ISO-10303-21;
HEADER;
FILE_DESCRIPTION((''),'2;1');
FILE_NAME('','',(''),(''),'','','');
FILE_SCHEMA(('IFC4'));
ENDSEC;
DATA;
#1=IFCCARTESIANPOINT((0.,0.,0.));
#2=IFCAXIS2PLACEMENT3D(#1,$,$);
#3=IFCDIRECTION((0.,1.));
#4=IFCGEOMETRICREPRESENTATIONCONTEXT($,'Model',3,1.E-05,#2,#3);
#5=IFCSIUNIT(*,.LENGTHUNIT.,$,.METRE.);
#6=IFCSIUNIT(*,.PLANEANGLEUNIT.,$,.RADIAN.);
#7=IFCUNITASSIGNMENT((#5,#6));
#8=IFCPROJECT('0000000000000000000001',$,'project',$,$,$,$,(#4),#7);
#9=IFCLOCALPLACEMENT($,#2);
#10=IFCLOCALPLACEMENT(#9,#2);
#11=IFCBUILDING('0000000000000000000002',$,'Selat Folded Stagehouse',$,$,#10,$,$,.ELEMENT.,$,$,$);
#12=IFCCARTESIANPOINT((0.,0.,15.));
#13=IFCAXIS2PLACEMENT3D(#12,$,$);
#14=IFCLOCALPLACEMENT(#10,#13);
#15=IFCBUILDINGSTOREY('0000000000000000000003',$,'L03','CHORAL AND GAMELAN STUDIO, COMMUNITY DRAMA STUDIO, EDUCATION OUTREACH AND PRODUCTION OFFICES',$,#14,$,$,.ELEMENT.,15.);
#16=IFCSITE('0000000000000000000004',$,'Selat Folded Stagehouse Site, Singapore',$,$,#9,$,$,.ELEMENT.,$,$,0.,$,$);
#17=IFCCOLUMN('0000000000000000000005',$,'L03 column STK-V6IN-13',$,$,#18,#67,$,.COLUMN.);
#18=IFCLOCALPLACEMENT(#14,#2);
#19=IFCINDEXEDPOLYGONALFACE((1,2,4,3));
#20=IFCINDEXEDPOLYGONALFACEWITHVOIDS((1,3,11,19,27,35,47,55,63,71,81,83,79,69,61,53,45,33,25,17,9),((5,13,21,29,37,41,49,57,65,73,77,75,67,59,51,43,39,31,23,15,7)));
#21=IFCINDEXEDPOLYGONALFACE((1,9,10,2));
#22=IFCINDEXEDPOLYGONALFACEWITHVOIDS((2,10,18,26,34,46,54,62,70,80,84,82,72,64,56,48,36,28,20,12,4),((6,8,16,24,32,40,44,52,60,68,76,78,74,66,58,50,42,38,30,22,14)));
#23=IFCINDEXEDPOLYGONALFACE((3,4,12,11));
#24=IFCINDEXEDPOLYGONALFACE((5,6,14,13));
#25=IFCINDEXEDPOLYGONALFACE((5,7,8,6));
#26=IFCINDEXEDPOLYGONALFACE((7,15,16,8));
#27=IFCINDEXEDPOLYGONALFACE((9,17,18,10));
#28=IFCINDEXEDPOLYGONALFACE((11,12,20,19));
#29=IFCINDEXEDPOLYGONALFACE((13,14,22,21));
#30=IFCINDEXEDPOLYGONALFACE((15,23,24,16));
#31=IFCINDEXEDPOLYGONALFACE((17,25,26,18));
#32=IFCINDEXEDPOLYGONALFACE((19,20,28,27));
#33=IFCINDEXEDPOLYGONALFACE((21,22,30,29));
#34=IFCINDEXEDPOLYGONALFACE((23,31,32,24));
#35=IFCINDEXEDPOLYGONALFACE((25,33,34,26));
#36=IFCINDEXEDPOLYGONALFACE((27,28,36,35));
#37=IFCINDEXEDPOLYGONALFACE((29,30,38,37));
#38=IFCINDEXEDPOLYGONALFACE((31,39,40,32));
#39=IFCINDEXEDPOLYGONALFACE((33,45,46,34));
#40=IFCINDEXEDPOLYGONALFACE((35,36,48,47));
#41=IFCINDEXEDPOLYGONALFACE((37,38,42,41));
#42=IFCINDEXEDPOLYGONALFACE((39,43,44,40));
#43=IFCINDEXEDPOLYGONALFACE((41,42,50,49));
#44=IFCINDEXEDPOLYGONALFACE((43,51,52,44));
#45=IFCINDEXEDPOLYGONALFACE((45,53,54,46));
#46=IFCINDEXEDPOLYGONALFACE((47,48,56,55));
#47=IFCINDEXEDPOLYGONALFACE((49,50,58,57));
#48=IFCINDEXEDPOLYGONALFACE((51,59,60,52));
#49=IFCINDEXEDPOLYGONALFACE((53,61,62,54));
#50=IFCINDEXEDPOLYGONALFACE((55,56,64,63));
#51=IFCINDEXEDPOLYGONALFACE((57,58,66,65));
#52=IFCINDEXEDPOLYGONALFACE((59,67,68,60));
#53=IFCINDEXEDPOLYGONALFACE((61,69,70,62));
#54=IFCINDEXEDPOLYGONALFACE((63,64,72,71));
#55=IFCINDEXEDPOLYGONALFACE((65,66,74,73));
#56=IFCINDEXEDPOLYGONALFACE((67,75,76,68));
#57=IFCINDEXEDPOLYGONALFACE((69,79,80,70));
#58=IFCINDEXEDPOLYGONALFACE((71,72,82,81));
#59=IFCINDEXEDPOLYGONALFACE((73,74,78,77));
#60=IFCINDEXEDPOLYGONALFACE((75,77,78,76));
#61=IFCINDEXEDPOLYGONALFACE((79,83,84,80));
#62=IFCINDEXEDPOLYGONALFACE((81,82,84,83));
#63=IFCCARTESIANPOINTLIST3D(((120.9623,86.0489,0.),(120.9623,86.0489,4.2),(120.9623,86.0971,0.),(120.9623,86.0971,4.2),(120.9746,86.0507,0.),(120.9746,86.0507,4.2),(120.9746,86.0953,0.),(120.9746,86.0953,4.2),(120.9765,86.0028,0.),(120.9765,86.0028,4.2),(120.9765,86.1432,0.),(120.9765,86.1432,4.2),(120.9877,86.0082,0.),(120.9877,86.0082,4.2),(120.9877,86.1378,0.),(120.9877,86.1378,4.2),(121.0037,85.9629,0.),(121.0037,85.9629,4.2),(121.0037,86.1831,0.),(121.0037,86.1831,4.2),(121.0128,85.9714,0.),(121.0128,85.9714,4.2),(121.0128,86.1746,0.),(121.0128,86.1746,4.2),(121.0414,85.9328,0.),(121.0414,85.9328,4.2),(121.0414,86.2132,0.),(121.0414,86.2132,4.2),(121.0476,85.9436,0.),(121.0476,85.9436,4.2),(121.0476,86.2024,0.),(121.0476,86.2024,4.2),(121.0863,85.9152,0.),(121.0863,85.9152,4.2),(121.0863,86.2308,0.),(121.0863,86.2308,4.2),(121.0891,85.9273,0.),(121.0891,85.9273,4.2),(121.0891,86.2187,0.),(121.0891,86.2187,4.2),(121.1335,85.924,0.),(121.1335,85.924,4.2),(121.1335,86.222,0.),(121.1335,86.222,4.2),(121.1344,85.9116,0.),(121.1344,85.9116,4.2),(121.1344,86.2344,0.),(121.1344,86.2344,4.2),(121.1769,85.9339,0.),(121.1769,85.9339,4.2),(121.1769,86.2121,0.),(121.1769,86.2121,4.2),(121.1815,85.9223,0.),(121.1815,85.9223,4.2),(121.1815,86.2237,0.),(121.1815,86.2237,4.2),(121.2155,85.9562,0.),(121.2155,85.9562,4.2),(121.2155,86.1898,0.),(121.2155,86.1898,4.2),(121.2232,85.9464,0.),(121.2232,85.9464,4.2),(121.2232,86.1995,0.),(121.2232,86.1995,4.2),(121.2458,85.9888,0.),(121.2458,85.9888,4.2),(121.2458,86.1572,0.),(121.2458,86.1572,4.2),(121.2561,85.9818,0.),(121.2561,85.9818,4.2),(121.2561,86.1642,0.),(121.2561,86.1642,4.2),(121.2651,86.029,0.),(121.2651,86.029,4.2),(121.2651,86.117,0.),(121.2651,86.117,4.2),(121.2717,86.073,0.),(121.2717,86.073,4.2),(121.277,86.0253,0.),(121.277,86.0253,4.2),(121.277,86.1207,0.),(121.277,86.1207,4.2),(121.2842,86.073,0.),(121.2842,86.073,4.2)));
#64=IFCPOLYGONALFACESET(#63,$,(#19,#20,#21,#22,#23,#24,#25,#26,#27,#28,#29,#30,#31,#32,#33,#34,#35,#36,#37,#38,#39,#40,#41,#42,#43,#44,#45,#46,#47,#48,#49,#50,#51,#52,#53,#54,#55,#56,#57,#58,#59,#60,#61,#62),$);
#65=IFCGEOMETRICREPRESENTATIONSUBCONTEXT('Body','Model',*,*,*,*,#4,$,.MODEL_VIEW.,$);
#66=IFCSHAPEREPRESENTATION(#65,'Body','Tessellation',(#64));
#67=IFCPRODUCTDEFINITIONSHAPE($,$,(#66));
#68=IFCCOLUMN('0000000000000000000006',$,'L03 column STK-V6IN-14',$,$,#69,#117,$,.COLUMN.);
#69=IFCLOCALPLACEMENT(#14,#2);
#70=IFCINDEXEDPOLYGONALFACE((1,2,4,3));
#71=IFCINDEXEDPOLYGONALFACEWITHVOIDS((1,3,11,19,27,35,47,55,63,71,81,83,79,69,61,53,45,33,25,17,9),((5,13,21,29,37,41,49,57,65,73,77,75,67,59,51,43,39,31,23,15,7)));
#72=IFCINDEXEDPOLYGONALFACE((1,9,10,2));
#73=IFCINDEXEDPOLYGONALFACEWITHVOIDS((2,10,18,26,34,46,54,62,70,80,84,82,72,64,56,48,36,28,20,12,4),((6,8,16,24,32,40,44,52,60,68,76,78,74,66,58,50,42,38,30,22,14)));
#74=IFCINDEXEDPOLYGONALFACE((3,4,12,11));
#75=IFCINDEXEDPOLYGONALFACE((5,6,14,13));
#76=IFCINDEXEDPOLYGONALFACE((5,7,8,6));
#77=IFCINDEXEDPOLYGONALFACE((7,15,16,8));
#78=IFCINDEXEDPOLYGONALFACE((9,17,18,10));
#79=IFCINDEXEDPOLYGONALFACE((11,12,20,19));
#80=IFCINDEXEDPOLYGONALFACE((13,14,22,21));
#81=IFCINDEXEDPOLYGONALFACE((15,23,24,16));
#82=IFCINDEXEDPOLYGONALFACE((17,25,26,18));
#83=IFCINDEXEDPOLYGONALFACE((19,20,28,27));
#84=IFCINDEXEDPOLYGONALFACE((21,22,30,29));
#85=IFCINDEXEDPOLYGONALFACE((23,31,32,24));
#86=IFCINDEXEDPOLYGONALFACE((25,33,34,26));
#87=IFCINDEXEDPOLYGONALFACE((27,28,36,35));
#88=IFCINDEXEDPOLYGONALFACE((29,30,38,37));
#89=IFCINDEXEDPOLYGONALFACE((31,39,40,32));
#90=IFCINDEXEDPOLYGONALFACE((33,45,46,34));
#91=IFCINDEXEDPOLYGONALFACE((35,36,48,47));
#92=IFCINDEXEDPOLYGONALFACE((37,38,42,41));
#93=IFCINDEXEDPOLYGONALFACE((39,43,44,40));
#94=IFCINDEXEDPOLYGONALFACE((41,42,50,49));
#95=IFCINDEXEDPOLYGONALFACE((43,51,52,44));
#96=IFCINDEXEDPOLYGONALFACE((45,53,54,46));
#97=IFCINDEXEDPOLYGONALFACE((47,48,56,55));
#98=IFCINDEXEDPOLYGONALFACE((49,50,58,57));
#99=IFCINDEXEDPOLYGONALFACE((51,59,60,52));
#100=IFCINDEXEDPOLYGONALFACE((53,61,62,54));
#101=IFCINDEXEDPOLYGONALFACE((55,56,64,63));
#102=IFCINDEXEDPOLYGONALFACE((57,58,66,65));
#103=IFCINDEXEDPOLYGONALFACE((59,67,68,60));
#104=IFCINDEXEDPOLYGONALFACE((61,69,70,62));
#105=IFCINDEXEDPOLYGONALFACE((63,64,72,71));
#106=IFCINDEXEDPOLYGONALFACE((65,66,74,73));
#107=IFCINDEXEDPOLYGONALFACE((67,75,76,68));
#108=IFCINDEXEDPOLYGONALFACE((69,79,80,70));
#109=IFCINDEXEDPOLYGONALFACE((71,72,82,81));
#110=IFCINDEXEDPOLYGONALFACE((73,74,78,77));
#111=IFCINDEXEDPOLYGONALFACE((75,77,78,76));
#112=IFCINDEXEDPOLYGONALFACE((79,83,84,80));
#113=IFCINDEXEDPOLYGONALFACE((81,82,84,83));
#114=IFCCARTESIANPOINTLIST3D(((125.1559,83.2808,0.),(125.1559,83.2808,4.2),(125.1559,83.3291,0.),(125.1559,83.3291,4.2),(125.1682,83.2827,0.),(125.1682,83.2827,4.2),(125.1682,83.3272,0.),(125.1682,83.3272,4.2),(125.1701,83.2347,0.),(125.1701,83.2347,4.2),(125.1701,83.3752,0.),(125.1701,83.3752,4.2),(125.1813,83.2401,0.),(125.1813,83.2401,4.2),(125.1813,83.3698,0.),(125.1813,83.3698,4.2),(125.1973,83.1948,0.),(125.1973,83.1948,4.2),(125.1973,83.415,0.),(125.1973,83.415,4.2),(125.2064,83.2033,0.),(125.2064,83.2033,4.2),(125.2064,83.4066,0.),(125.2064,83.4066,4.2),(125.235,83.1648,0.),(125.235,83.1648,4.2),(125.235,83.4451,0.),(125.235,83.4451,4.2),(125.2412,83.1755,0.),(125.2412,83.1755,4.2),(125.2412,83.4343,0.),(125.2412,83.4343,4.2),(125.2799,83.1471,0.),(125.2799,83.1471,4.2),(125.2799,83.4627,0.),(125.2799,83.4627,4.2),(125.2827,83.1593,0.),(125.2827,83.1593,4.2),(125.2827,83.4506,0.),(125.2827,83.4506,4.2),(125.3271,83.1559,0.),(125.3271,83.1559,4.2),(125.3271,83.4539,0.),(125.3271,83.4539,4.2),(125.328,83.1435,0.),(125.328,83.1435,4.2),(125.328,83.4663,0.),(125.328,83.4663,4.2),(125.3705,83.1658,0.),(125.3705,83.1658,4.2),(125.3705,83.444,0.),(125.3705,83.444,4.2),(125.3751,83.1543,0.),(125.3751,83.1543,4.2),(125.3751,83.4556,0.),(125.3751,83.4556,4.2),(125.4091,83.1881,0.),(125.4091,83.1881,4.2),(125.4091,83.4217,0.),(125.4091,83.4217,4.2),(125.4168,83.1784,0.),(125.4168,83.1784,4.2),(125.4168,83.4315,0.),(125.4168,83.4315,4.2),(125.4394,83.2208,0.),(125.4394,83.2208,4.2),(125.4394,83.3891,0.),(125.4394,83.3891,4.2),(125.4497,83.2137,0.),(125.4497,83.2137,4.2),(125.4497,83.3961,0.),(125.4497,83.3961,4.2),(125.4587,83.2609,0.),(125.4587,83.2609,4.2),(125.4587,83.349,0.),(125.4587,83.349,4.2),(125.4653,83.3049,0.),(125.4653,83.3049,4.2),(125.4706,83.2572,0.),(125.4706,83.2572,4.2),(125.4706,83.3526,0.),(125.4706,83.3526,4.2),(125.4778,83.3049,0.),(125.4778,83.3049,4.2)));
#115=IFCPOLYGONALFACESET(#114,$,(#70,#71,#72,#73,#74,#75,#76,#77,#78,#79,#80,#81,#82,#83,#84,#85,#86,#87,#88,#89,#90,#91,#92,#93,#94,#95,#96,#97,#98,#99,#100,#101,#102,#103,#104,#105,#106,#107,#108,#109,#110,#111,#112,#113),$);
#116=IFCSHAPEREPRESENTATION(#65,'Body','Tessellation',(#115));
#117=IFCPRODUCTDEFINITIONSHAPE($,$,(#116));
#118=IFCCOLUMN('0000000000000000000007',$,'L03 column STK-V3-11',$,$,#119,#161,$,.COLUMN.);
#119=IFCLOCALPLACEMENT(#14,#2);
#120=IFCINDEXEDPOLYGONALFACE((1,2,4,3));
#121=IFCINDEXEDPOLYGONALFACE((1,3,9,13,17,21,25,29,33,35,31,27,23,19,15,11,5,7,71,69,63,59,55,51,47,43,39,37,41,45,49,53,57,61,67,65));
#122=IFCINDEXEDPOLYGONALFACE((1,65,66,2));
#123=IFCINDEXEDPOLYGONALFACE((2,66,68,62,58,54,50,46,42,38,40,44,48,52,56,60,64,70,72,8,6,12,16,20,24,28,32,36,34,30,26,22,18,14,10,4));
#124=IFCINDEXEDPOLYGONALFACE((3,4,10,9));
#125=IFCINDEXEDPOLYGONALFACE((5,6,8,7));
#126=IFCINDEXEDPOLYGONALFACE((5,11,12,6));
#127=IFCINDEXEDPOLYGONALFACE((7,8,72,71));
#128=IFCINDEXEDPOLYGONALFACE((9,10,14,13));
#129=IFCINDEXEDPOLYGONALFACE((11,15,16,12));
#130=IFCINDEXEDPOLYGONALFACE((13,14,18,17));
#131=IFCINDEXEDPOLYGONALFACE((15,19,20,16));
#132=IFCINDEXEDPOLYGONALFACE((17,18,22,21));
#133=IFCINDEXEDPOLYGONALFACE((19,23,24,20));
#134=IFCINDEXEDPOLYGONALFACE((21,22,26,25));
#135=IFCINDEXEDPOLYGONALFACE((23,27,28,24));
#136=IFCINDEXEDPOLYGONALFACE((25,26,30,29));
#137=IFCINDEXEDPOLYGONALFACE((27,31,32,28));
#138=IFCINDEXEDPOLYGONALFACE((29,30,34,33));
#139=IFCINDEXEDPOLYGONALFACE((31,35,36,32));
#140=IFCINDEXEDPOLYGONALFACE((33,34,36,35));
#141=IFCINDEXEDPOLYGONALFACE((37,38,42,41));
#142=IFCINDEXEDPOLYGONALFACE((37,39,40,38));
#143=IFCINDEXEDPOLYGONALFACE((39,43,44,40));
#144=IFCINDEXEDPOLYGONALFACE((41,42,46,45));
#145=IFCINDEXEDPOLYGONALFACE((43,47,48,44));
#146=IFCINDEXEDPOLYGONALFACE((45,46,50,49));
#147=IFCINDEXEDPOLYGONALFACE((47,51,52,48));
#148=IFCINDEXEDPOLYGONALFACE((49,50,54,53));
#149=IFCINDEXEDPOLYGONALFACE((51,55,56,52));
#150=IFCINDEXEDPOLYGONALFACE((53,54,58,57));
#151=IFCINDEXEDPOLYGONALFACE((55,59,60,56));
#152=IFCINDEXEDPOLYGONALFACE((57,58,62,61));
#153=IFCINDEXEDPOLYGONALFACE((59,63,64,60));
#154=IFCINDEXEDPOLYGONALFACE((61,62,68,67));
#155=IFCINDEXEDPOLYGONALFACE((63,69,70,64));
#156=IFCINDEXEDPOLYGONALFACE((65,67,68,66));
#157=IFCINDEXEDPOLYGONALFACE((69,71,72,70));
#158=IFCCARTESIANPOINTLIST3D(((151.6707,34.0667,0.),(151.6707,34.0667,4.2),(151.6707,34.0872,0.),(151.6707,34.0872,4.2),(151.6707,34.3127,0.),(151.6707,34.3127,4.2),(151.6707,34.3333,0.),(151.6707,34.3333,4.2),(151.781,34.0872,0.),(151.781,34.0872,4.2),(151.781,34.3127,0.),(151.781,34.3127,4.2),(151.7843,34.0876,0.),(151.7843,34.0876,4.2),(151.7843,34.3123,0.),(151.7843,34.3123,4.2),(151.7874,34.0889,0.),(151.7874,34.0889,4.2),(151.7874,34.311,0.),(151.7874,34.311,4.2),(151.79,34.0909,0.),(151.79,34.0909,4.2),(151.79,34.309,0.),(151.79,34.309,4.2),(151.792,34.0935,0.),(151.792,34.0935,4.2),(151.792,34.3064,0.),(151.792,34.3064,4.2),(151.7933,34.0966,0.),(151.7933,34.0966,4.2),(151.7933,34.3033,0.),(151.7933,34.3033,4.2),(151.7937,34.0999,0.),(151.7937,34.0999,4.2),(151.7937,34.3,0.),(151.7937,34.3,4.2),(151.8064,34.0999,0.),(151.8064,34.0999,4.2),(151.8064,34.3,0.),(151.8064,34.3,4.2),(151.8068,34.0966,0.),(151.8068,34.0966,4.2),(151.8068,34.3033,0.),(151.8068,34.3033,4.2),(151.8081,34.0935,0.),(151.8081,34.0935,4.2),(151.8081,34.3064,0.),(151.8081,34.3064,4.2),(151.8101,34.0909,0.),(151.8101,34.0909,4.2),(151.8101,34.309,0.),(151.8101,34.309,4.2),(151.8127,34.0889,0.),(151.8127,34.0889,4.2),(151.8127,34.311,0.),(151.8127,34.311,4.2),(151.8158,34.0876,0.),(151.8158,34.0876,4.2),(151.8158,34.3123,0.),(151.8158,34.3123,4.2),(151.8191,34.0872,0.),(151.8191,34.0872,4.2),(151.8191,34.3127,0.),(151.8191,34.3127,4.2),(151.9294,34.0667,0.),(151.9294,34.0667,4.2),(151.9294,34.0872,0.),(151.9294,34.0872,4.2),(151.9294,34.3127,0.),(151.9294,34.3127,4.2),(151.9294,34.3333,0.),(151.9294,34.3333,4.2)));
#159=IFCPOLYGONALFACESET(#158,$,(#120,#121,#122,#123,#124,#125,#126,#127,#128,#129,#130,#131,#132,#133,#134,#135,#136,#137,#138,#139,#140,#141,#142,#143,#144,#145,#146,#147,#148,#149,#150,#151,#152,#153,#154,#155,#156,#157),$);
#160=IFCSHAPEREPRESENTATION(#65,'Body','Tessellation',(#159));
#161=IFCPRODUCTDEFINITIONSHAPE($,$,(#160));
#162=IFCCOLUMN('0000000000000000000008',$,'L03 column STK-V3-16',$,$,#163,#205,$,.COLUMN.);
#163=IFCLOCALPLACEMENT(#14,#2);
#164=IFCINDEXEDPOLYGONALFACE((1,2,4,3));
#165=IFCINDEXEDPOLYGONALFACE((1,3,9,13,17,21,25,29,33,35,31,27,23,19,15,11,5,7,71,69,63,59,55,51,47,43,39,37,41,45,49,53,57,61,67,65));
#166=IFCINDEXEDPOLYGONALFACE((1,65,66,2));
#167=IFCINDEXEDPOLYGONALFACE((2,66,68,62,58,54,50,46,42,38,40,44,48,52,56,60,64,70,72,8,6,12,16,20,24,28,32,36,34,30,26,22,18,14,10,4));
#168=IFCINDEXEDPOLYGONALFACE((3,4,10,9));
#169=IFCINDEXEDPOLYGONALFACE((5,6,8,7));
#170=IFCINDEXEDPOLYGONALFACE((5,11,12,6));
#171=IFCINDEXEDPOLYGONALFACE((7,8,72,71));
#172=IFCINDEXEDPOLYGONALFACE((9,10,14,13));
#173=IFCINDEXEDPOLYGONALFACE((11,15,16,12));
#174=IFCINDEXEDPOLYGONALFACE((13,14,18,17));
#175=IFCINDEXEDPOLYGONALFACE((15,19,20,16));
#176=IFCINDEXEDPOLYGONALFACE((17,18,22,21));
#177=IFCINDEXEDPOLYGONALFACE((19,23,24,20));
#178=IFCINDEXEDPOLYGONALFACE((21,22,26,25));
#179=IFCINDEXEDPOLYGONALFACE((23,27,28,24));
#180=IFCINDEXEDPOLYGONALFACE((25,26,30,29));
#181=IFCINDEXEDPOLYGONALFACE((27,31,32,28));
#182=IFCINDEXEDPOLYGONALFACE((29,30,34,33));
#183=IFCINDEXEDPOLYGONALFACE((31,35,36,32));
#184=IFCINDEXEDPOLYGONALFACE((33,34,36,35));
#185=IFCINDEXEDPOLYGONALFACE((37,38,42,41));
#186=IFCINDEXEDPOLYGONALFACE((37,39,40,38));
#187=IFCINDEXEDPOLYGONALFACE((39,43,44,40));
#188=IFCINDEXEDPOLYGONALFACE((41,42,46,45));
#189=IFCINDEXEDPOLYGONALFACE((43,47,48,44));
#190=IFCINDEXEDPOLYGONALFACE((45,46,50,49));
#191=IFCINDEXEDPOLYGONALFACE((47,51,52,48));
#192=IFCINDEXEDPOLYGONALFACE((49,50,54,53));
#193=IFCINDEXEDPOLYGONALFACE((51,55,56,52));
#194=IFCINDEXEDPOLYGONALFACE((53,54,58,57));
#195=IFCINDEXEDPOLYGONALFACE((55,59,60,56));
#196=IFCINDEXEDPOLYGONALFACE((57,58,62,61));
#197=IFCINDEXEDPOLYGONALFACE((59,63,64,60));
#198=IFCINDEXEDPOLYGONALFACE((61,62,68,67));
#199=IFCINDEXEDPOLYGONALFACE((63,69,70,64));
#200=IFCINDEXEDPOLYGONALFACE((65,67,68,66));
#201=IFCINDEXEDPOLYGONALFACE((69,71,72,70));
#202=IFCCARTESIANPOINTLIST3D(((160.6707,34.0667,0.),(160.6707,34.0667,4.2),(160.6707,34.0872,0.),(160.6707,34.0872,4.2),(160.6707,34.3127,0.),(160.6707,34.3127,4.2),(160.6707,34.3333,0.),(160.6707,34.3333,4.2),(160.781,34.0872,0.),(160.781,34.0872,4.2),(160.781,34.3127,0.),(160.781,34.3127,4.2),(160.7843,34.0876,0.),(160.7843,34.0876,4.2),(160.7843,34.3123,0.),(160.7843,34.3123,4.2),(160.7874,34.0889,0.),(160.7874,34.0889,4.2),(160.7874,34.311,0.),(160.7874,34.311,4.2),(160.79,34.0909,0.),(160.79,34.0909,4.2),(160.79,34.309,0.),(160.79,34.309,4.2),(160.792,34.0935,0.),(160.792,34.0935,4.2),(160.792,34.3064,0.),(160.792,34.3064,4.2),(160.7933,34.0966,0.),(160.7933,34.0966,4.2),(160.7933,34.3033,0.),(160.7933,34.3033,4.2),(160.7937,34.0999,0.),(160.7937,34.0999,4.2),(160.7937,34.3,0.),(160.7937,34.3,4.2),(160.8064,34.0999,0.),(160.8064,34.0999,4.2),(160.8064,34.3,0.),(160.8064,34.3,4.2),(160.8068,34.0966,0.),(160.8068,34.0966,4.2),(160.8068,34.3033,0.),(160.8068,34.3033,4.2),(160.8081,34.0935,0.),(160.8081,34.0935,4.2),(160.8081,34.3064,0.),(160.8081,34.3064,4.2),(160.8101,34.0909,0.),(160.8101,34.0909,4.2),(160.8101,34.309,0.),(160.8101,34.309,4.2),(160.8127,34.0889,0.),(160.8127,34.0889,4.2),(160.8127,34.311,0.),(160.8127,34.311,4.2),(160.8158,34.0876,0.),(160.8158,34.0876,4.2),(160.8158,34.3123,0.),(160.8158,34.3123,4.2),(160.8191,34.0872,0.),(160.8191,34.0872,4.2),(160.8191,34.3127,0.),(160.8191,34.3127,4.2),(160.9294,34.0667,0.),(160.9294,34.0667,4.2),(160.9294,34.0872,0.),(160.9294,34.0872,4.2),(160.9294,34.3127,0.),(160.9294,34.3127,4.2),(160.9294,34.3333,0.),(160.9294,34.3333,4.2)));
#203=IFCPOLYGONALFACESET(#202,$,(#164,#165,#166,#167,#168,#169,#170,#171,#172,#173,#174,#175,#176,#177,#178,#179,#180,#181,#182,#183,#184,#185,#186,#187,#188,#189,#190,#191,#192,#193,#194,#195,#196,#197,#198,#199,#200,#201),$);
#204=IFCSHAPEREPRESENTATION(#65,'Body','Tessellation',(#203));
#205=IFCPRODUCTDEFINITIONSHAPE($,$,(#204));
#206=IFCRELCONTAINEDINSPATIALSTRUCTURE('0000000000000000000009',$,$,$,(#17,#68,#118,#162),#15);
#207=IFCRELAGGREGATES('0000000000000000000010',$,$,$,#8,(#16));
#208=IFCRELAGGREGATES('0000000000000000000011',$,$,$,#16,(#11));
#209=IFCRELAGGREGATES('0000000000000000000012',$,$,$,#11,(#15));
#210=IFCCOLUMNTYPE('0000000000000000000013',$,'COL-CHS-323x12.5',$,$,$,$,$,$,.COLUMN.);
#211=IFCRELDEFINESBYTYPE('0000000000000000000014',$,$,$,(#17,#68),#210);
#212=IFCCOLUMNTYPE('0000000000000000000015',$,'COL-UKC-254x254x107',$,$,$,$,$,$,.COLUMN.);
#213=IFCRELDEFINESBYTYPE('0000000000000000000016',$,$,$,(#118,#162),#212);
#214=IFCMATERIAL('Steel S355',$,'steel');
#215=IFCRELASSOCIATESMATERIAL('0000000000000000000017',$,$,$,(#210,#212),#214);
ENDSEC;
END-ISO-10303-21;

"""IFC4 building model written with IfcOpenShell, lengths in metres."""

from ifc_helpers import new_model, si_unit, direction, frame, origin, origin_2d, place, context, subcontext, project, spatial, hollow_circle, i_section, extrude, material, material_profile, profile_set, type_object, element, save


model = new_model("IFC4")

# Units and contexts
model_context = context("Model", 3, precision=1e-05, world=origin(), true_north=direction((0.0, 1.0)))
body_context = subcontext(model_context, "Body", "Model", "MODEL_VIEW")
ifc_project = project(units=[si_unit("LENGTHUNIT", "METRE"), si_unit("PLANEANGLEUNIT", "RADIAN")], contexts=[model_context])

# Site, building, storey
site_placement = place(None, origin())
site = spatial("IfcSite", under=ifc_project, at=site_placement, Name="Selat Folded Stagehouse Site, Singapore", CompositionType="ELEMENT", RefElevation=0.0)
building_placement = place(site_placement, origin())
building = spatial("IfcBuilding", under=site, at=building_placement, Name="Selat Folded Stagehouse", CompositionType="ELEMENT")
storey_placement = place(building_placement, frame((0.0, 0.0, 15.0)))
storey = spatial("IfcBuildingStorey", under=building, at=storey_placement, Name="L03", Description="CHORAL AND GAMELAN STUDIO, COMMUNITY DRAMA STUDIO, EDUCATION OUTREACH AND PRODUCTION OFFICES", CompositionType="ELEMENT", Elevation=15.0)

# Columns
ifc_material_1 = material(Name="Steel S355", Category="steel")
ifc_material_profile_1 = material_profile(ifc_material_1, hollow_circle(Radius=0.1619, WallThickness=0.0125, at=origin_2d()), Name="CHS 323.9x12.5")
ifc_profile_set_1 = profile_set([ifc_material_profile_1], Name="Steel S355")
column_type_1 = type_object("IfcColumnType", Name="COL-CHS-323x12.5", PredefinedType="COLUMN", material=ifc_profile_set_1)
for number, where, z_axis, x_axis, name in (
    (1, (121.1223, 86.073, 0.0), (0.0, 0.0, 1.0), (1.0, 0.0, 0.0), "L03 column STK-V6IN-13"),
    (2, (125.3159, 83.3049, 0.0), (0.0, 0.0, 1.0), (1.0, 0.0, 0.0), "L03 column STK-V6IN-14"),
):
    element("IfcColumn", number, at=place(storey_placement, frame(where, z_axis=z_axis, x_axis=x_axis)), inside=storey, type_object=column_type_1, Name=name, PredefinedType="COLUMN", context=body_context, shape_type="SweptSolid", body=[
        extrude(hollow_circle(Radius=0.1619, WallThickness=0.0125, at=origin_2d()), origin(), (0.0, 0.0, 1.0), 4.2),
    ])
ifc_material_profile_2 = material_profile(ifc_material_1, i_section(OverallWidth=0.2588, OverallDepth=0.2666, WebThickness=0.0127, FlangeThickness=0.0205, FilletRadius=0.0127, at=origin_2d()), Name="UKC 254x254x107")
ifc_profile_set_2 = profile_set([ifc_material_profile_2], Name="Steel S355")
column_type_2 = type_object("IfcColumnType", Name="COL-UKC-254x254x107", PredefinedType="COLUMN", material=ifc_profile_set_2)
for number, where, z_axis, x_axis, name in (
    (3, (151.8, 34.2, 0.0), (0.0, 0.0, 1.0), (1.0, 0.0, 0.0), "L03 column STK-V3-11"),
    (4, (160.8, 34.2, 0.0), (0.0, 0.0, 1.0), (1.0, 0.0, 0.0), "L03 column STK-V3-16"),
):
    element("IfcColumn", number, at=place(storey_placement, frame(where, z_axis=z_axis, x_axis=x_axis)), inside=storey, type_object=column_type_2, Name=name, PredefinedType="COLUMN", context=body_context, shape_type="SweptSolid", body=[
        extrude(i_section(OverallWidth=0.2588, OverallDepth=0.2666, WebThickness=0.0127, FlangeThickness=0.0205, FilletRadius=0.0127, at=origin_2d()), origin(), (0.0, 0.0, 1.0), 4.2),
    ])

save(model, "model.ifc")
